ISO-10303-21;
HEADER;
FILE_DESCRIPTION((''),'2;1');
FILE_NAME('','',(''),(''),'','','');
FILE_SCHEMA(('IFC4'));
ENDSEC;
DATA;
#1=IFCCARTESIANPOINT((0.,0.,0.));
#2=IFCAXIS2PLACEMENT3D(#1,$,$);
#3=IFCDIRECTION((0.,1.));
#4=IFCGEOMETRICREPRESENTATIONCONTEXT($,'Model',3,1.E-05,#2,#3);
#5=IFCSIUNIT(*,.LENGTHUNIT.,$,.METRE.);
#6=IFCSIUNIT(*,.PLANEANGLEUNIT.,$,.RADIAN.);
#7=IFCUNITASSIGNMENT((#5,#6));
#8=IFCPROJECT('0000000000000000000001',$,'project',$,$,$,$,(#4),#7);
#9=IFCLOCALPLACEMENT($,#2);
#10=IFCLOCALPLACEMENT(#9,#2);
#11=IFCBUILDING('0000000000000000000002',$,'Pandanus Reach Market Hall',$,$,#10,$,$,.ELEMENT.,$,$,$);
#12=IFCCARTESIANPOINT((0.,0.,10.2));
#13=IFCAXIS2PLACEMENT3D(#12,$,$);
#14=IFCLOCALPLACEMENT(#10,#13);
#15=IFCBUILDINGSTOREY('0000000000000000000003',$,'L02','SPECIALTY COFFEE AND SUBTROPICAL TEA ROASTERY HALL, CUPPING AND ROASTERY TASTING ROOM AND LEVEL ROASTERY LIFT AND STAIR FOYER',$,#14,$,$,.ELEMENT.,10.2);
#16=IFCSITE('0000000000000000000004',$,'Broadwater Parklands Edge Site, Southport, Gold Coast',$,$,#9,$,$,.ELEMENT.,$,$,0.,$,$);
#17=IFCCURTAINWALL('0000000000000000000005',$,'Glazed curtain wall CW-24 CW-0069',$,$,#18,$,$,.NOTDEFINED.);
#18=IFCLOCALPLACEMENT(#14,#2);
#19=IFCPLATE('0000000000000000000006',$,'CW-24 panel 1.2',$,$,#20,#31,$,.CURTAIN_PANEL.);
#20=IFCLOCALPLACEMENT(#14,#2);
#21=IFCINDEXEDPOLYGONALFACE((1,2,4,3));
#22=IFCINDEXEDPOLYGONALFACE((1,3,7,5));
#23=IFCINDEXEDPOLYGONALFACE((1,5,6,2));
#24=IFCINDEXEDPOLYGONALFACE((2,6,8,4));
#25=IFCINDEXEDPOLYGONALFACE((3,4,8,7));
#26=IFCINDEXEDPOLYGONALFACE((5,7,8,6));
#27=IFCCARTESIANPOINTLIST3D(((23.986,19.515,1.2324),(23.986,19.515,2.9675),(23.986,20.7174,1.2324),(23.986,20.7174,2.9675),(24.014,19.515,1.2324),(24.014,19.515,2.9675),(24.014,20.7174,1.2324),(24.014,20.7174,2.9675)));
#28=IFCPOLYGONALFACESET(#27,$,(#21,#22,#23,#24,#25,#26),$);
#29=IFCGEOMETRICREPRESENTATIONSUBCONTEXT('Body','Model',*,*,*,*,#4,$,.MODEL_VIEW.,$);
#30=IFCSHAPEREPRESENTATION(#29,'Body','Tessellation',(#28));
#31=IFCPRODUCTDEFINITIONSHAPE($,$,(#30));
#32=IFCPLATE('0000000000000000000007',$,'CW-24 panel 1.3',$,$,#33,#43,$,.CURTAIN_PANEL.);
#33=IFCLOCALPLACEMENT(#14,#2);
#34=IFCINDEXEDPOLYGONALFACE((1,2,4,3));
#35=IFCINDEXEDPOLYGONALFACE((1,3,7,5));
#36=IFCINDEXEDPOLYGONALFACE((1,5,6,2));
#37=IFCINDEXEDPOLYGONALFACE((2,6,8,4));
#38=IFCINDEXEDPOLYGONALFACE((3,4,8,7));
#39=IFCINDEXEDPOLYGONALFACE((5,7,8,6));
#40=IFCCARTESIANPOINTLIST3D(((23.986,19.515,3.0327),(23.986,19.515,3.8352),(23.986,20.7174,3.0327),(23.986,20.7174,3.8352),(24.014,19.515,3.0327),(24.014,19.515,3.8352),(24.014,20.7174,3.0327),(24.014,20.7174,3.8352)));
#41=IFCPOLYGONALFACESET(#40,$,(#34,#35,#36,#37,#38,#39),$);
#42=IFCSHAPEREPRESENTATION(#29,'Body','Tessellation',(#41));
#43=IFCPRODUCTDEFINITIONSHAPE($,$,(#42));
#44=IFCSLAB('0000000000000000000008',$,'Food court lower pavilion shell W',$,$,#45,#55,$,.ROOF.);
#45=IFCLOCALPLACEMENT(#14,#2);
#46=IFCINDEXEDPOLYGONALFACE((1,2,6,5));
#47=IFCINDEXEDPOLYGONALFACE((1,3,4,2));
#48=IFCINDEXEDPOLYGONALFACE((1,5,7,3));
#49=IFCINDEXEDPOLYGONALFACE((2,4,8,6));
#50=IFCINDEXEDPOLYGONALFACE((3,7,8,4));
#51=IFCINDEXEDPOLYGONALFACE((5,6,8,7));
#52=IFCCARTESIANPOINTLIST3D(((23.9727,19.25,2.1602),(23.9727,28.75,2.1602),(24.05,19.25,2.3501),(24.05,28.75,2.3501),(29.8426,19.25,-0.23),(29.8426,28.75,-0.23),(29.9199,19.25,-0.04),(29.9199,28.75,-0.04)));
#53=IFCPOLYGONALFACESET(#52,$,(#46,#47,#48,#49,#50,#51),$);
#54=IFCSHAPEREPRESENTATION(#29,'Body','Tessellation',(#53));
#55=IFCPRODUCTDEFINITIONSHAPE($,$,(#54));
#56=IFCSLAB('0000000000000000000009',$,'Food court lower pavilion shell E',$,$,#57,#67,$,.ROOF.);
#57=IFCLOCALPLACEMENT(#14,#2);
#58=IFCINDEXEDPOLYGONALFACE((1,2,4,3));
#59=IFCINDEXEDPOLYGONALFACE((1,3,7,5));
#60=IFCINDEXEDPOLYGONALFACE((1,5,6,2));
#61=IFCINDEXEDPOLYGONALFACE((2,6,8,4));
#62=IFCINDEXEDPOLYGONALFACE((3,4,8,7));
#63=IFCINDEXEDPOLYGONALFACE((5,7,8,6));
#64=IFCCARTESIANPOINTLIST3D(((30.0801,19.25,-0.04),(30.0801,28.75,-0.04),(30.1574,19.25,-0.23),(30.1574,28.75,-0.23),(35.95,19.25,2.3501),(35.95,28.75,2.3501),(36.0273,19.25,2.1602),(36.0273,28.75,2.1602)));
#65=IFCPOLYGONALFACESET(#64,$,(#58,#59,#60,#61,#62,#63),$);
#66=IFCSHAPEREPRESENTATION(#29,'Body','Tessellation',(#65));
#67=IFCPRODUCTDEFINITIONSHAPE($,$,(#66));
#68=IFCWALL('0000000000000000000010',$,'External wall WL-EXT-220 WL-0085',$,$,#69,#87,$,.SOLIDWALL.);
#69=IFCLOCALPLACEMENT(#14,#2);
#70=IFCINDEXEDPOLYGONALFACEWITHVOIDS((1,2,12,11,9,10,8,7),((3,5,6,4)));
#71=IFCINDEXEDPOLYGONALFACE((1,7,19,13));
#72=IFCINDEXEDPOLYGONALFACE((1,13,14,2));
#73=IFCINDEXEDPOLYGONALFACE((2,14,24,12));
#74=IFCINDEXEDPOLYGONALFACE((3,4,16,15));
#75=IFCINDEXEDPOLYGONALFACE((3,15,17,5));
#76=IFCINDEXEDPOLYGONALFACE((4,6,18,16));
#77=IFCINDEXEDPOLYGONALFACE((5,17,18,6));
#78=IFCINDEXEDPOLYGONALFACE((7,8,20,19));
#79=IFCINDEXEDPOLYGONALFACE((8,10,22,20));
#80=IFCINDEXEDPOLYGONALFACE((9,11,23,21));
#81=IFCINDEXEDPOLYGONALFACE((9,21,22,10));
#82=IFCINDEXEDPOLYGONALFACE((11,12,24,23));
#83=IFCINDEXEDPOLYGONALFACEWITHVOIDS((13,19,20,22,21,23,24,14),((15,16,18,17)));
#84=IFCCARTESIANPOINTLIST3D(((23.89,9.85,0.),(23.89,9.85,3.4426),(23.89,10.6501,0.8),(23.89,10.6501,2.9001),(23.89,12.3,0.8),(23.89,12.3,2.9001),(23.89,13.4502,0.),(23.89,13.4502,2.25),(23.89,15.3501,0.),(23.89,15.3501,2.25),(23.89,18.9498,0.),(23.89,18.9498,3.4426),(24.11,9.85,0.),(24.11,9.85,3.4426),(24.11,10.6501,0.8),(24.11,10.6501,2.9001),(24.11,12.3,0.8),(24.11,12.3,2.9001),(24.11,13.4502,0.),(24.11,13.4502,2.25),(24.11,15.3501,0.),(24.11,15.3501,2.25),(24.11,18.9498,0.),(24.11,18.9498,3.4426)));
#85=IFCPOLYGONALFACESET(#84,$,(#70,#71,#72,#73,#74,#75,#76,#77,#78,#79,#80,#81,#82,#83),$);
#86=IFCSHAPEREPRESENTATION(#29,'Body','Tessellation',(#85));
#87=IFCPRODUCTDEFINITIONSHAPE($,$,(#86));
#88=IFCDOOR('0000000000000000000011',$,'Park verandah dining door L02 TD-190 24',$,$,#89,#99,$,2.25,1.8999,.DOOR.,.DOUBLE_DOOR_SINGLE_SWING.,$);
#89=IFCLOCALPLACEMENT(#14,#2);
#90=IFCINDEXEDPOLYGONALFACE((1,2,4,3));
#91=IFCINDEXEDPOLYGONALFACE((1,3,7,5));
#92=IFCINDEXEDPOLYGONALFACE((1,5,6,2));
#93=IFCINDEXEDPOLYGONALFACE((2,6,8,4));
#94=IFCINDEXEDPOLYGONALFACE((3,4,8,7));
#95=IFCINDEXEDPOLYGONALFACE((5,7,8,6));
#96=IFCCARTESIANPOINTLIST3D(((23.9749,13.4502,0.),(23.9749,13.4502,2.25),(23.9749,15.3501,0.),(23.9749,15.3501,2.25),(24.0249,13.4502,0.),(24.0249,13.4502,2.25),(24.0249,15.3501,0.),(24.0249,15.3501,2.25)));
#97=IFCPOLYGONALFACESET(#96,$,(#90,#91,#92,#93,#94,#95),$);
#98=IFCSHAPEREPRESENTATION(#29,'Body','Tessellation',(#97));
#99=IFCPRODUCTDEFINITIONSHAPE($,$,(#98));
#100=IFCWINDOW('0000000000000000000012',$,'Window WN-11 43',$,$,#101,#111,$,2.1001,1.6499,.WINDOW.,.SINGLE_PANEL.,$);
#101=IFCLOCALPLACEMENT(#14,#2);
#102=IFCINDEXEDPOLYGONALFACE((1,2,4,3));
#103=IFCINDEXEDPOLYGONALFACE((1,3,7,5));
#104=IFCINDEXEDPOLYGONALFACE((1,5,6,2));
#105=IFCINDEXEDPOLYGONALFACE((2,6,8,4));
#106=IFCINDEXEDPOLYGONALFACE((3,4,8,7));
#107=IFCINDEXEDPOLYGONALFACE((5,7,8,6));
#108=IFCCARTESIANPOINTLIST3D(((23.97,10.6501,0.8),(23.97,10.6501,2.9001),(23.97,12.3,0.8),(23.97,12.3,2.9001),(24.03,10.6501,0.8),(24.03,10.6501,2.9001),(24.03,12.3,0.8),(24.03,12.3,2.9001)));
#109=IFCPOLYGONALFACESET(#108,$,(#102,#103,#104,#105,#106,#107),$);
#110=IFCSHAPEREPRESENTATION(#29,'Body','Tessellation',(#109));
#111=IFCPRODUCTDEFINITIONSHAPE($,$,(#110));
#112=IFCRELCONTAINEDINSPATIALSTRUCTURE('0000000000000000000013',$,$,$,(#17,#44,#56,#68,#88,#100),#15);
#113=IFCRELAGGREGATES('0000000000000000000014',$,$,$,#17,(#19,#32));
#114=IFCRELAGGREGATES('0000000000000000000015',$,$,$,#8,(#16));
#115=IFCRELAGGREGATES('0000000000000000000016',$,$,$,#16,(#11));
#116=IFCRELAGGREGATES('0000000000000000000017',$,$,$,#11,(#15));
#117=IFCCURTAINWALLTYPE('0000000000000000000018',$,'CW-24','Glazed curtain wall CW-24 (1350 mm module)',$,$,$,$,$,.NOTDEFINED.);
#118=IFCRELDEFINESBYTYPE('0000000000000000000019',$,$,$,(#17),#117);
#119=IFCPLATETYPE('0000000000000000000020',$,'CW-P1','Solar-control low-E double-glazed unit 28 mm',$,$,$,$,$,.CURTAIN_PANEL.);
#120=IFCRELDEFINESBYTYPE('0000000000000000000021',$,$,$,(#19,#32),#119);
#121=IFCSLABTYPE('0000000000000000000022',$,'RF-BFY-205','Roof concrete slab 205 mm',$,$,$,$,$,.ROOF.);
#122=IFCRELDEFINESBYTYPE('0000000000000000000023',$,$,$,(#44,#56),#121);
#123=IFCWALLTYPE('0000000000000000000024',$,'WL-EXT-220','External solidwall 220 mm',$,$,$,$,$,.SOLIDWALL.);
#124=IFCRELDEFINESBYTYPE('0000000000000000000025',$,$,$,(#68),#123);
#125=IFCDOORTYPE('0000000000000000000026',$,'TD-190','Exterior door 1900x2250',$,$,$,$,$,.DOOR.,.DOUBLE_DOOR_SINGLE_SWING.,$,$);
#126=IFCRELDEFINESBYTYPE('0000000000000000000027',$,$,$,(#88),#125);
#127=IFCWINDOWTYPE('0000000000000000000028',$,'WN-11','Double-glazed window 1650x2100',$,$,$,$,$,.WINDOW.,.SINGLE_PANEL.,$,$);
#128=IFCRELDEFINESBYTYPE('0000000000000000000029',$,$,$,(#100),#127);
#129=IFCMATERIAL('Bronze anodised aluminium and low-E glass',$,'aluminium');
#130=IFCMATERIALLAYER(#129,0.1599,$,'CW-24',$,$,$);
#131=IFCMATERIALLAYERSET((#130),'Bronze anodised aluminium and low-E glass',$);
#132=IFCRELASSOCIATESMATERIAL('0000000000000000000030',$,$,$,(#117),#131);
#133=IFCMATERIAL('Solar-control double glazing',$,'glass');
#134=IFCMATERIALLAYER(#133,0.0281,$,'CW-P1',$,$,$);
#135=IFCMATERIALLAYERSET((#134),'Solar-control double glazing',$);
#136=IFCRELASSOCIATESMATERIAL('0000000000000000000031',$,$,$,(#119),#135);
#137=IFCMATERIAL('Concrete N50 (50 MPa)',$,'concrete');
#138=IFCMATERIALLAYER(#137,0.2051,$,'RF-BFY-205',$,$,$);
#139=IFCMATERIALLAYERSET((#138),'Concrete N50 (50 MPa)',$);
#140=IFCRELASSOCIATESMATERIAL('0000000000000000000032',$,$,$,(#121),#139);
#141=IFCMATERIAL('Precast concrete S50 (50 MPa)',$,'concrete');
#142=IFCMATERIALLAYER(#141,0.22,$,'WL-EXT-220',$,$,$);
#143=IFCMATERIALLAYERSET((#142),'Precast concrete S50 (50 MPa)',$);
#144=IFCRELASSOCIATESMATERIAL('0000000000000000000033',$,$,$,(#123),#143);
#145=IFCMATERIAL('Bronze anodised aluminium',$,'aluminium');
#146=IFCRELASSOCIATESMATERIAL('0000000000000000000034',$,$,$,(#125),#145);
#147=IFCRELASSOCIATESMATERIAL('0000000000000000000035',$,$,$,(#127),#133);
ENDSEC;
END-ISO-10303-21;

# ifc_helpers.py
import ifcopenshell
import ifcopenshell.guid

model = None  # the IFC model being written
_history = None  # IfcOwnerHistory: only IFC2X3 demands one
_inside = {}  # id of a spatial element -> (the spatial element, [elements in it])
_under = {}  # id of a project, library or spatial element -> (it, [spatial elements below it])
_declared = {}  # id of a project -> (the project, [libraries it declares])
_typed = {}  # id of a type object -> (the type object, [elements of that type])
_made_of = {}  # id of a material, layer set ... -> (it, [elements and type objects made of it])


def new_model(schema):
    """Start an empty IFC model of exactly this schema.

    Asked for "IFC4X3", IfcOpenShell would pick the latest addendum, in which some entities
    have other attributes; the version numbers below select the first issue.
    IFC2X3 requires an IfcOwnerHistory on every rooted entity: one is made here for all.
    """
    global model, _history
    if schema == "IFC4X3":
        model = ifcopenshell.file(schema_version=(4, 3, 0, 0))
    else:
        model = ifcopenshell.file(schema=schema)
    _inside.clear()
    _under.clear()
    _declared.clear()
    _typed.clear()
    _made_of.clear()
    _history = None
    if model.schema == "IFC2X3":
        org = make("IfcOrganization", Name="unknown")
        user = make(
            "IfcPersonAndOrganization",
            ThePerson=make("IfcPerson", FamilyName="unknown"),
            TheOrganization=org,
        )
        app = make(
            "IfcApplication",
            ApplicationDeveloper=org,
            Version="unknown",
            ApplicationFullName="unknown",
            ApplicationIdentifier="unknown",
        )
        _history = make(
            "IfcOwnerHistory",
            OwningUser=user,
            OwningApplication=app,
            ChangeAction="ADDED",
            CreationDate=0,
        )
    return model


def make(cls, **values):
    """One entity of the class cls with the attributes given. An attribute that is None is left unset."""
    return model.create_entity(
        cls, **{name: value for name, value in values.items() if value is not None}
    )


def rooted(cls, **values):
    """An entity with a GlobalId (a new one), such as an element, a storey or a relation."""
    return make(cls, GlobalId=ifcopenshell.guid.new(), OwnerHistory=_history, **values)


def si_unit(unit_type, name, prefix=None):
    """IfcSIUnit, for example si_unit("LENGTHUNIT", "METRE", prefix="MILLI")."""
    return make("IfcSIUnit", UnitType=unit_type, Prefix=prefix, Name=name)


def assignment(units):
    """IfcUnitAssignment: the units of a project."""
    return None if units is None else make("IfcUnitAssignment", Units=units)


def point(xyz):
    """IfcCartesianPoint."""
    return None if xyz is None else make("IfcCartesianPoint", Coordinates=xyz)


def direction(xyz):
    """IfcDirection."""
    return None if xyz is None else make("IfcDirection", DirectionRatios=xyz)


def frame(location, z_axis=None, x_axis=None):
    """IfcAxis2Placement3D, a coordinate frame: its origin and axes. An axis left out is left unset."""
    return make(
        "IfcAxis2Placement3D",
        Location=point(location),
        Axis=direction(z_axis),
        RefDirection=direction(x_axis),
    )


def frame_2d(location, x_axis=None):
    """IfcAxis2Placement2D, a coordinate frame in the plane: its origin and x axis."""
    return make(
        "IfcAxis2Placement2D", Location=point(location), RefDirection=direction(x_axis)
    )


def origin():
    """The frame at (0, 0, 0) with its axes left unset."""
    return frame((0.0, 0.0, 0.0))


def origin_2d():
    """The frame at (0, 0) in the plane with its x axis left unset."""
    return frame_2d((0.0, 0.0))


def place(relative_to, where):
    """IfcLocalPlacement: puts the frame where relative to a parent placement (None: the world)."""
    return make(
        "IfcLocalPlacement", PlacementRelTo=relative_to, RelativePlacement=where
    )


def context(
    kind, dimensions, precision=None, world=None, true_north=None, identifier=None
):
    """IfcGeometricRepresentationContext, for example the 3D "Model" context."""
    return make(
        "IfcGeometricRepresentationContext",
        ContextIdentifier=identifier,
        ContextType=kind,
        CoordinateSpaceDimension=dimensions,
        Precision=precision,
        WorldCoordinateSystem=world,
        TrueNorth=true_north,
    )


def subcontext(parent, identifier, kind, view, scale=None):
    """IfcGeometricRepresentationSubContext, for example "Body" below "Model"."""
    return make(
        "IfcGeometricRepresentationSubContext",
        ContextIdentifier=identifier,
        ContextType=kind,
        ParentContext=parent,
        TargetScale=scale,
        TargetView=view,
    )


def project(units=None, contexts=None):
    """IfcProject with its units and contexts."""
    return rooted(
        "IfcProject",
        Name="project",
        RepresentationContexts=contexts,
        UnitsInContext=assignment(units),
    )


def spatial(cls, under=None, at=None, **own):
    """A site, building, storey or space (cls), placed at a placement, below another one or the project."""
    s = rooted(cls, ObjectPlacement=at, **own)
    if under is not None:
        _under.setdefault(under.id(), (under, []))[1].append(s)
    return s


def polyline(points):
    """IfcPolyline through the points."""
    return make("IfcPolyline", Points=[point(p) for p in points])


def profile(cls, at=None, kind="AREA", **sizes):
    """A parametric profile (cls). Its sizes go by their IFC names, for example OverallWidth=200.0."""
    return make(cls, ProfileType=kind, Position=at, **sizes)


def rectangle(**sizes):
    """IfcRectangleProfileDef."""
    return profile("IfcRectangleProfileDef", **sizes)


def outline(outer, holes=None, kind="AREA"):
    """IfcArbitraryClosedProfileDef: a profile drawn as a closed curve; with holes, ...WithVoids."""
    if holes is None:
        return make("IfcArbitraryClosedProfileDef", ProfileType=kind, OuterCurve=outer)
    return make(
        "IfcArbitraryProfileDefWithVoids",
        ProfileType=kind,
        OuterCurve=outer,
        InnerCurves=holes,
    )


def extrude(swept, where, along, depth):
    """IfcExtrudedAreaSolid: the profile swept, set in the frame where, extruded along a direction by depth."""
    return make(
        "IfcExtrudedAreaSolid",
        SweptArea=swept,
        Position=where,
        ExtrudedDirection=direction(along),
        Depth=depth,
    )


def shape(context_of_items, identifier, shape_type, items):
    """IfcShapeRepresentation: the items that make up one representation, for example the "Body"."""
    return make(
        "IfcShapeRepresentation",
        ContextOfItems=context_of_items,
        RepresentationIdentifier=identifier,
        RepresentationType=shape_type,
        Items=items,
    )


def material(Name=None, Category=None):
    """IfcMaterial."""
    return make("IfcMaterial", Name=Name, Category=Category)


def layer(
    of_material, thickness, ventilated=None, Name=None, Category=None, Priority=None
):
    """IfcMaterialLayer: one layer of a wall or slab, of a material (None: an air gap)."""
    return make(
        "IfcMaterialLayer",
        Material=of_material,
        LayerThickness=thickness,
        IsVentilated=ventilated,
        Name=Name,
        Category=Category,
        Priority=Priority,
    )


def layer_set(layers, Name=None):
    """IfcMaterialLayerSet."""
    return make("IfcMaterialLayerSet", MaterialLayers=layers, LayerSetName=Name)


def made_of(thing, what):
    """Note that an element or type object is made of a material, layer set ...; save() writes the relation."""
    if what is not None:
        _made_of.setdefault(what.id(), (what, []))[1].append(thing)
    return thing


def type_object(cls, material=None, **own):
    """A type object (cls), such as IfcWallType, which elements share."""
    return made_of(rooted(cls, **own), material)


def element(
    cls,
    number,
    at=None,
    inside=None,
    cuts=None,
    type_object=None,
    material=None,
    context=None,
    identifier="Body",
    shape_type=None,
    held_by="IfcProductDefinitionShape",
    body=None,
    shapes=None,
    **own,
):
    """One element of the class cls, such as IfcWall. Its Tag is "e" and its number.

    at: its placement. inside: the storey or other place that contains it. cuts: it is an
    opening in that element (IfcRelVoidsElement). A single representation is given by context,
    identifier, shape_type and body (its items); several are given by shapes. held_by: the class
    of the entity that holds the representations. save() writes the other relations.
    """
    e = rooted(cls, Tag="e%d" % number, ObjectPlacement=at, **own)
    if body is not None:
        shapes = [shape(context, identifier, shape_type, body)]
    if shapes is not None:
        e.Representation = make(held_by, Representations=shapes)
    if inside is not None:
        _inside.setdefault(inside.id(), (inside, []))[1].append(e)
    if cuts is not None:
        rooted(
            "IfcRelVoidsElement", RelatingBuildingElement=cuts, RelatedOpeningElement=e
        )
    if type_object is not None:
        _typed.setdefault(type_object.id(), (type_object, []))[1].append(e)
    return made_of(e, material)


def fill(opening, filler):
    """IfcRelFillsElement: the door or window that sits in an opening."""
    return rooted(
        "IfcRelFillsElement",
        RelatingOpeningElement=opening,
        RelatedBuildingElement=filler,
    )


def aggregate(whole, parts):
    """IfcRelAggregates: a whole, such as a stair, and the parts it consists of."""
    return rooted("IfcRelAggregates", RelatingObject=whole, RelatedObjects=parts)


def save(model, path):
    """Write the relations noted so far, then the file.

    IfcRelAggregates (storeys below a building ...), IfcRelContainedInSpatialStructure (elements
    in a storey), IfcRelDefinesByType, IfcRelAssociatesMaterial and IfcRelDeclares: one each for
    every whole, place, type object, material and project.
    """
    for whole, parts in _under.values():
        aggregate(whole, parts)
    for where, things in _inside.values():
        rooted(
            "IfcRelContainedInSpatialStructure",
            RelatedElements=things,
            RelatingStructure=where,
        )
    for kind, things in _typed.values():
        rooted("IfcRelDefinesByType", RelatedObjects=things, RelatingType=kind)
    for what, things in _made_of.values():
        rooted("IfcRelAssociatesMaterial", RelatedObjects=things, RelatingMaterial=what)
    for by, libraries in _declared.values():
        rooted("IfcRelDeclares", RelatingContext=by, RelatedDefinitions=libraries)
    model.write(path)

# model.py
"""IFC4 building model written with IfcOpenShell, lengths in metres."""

from ifc_helpers import new_model, si_unit, direction, frame, frame_2d, origin, origin_2d, place, context, subcontext, project, spatial, polyline, rectangle, outline, extrude, material, layer, layer_set, type_object, element, fill, aggregate, save


model = new_model("IFC4")

# Units and contexts
model_context = context("Model", 3, precision=1e-05, world=origin(), true_north=direction((0.0, 1.0)))
body_context = subcontext(model_context, "Body", "Model", "MODEL_VIEW")
ifc_project = project(units=[si_unit("LENGTHUNIT", "METRE"), si_unit("PLANEANGLEUNIT", "RADIAN")], contexts=[model_context])

# Site, building, storey
site_placement = place(None, origin())
site = spatial("IfcSite", under=ifc_project, at=site_placement, Name="Broadwater Parklands Edge Site, Southport, Gold Coast", CompositionType="ELEMENT", RefElevation=0.0)
building_placement = place(site_placement, origin())
building = spatial("IfcBuilding", under=site, at=building_placement, Name="Pandanus Reach Market Hall", CompositionType="ELEMENT")
storey_placement = place(building_placement, frame((0.0, 0.0, 10.2)))
storey = spatial("IfcBuildingStorey", under=building, at=storey_placement, Name="L02", Description="SPECIALTY COFFEE AND SUBTROPICAL TEA ROASTERY HALL, CUPPING AND ROASTERY TASTING ROOM AND LEVEL ROASTERY LIFT AND STAIR FOYER", CompositionType="ELEMENT", Elevation=10.2)

# Curtain wall
ifc_material_1 = material(Name="Bronze anodised aluminium and low-E glass", Category="aluminium")
ifc_layer_1 = layer(ifc_material_1, 0.1599, Name="CW-24")
ifc_layer_set_1 = layer_set([ifc_layer_1], Name="Bronze anodised aluminium and low-E glass")
curtain_wall_type = type_object("IfcCurtainWallType", Name="CW-24", Description="Glazed curtain wall CW-24 (1350 mm module)", PredefinedType="NOTDEFINED", material=ifc_layer_set_1)
curtain_wall_1_placement = place(storey_placement, origin())
curtain_wall_1 = element("IfcCurtainWall", 1, at=curtain_wall_1_placement, inside=storey, type_object=curtain_wall_type, Name="Glazed curtain wall CW-24 CW-0069", PredefinedType="NOTDEFINED")
ifc_material_2 = material(Name="Bronze anodised aluminium", Category="aluminium")

# Plates
ifc_material_3 = material(Name="Solar-control double glazing", Category="glass")
ifc_layer_2 = layer(ifc_material_3, 0.0281, Name="CW-P1")
ifc_layer_set_2 = layer_set([ifc_layer_2], Name="Solar-control double glazing")
plate_type = type_object("IfcPlateType", Name="CW-P1", Description="Solar-control low-E double-glazed unit 28 mm", PredefinedType="CURTAIN_PANEL", material=ifc_layer_set_2)
plate_1_placement = place(storey_placement, frame((24.0, 20.1162, 1.2324), z_axis=(0.0, 0.0, 1.0), x_axis=(0.0, 1.0, 0.0)))
plate_1 = element("IfcPlate", 2, at=plate_1_placement, type_object=plate_type, Name="CW-24 panel 1.2", PredefinedType="CURTAIN_PANEL", context=body_context, shape_type="SweptSolid", body=[
    extrude(rectangle(XDim=1.2024, YDim=0.0281, at=origin_2d()), origin(), (0.0, 0.0, 1.0), 1.7351),
])
plate_2_placement = place(storey_placement, frame((24.0, 20.1162, 3.0327), z_axis=(0.0, 0.0, 1.0), x_axis=(0.0, 1.0, 0.0)))
plate_2 = element("IfcPlate", 3, at=plate_2_placement, type_object=plate_type, Name="CW-24 panel 1.3", PredefinedType="CURTAIN_PANEL", context=body_context, shape_type="SweptSolid", body=[
    extrude(rectangle(XDim=1.2024, YDim=0.0281, at=origin_2d()), origin(), (0.0, 0.0, 1.0), 0.8025),
])
aggregate(curtain_wall_1, [plate_1, plate_2])

# Slabs
ifc_material_4 = material(Name="Concrete N50 (50 MPa)", Category="concrete")
ifc_layer_3 = layer(ifc_material_4, 0.2051, Name="RF-BFY-205")
ifc_layer_set_3 = layer_set([ifc_layer_3], Name="Concrete N50 (50 MPa)")
slab_type = type_object("IfcSlabType", Name="RF-BFY-205", Description="Roof concrete slab 205 mm", PredefinedType="ROOF", material=ifc_layer_set_3)
for number, where, z_axis, x_axis, name in (
    (4, (24.05, 19.25, 2.3501), (0.377122, 0.0, 0.926164), (0.926164, 0.0, -0.377122), "Food court lower pavilion shell W"),
    (5, (30.0801, 19.25, -0.04), (-0.377122, 0.0, 0.926164), (0.926164, 0.0, 0.377122), "Food court lower pavilion shell E"),
):
    element("IfcSlab", number, at=place(storey_placement, frame(where, z_axis=z_axis, x_axis=x_axis)), inside=storey, type_object=slab_type, Name=name, PredefinedType="ROOF", context=body_context, shape_type="SweptSolid", body=[
        extrude(outline(polyline([(0.0, 0.0), (6.3378, 0.0), (6.3378, 9.5), (0.0, 9.5), (0.0, 0.0)])), origin(), (0.0, 0.0, -1.0), 0.2051),
    ])

# Wall, openings, door, window
ifc_material_5 = material(Name="Precast concrete S50 (50 MPa)", Category="concrete")
ifc_layer_4 = layer(ifc_material_5, 0.22, Name="WL-EXT-220")
ifc_layer_set_4 = layer_set([ifc_layer_4], Name="Precast concrete S50 (50 MPa)")
wall_type = type_object("IfcWallType", Name="WL-EXT-220", Description="External solidwall 220 mm", PredefinedType="SOLIDWALL", material=ifc_layer_set_4)
wall_placement = place(storey_placement, frame((24.0, 9.8501, 0.0), z_axis=(0.0, 0.0, 1.0), x_axis=(0.0, 1.0, 0.0)))
wall = element("IfcWall", 6, at=wall_placement, inside=storey, type_object=wall_type, Name="External wall WL-EXT-220 WL-0085", PredefinedType="SOLIDWALL", context=body_context, shape_type="SweptSolid", body=[
    extrude(rectangle(XDim=9.0999, YDim=0.22, at=frame_2d((4.5498, 0.0))), origin(), (0.0, 0.0, 1.0), 3.4426),
])
opening_1_placement = place(wall_placement, frame((3.6001, 0.0, 0.0)))
opening_1 = element("IfcOpeningElement", 7, at=opening_1_placement, cuts=wall, PredefinedType="OPENING", context=body_context, shape_type="SweptSolid", body=[
    extrude(rectangle(XDim=1.8999, YDim=2.25, at=frame_2d((0.95, 1.125))), frame((0.0, 0.125, 0.0), z_axis=(0.0, -1.0, 0.0), x_axis=(1.0, 0.0, 0.0)), (0.0, 0.0, 1.0), 0.25),
])
opening_2_placement = place(wall_placement, frame((0.8, 0.0, 0.8)))
opening_2 = element("IfcOpeningElement", 8, at=opening_2_placement, cuts=wall, PredefinedType="OPENING", context=body_context, shape_type="SweptSolid", body=[
    extrude(rectangle(XDim=1.6499, YDim=2.1001, at=frame_2d((0.825, 1.05))), frame((0.0, 0.125, 0.0), z_axis=(0.0, -1.0, 0.0), x_axis=(1.0, 0.0, 0.0)), (0.0, 0.0, 1.0), 0.25),
])
door_type = type_object("IfcDoorType", Name="TD-190", Description="Exterior door 1900x2250", OperationType="DOUBLE_DOOR_SINGLE_SWING", PredefinedType="DOOR", material=ifc_material_2)
door_placement = place(opening_1_placement, frame((1.8999, 0.0, 0.0), z_axis=(0.0, 0.0, 1.0), x_axis=(-1.0, 0.0, 0.0)))
door = element("IfcDoor", 9, at=door_placement, inside=storey, type_object=door_type, Name="Park verandah dining door L02 TD-190 24", OperationType="DOUBLE_DOOR_SINGLE_SWING", OverallHeight=2.25, OverallWidth=1.8999, PredefinedType="DOOR", context=body_context, shape_type="SweptSolid", body=[
    extrude(rectangle(XDim=1.8999, YDim=2.25, at=frame_2d((0.95, 1.125))), frame((0.0, 0.0249, 0.0), z_axis=(0.0, -1.0, 0.0), x_axis=(1.0, 0.0, 0.0)), (0.0, 0.0, 1.0), 0.05),
])
fill(opening_1, door)
window_type = type_object("IfcWindowType", Name="WN-11", Description="Double-glazed window 1650x2100", PartitioningType="SINGLE_PANEL", PredefinedType="WINDOW", material=ifc_material_3)
window_placement = place(opening_2_placement, origin())
window = element("IfcWindow", 10, at=window_placement, inside=storey, type_object=window_type, Name="Window WN-11 43", OverallHeight=2.1001, OverallWidth=1.6499, PartitioningType="SINGLE_PANEL", PredefinedType="WINDOW", context=body_context, shape_type="SweptSolid", body=[
    extrude(rectangle(XDim=1.6499, YDim=2.1001, at=frame_2d((0.825, 1.05))), frame((0.0, 0.03, 0.0), z_axis=(0.0, -1.0, 0.0), x_axis=(1.0, 0.0, 0.0)), (0.0, 0.0, 1.0), 0.0601),
])
fill(opening_2, window)

save(model, "model.ifc")
